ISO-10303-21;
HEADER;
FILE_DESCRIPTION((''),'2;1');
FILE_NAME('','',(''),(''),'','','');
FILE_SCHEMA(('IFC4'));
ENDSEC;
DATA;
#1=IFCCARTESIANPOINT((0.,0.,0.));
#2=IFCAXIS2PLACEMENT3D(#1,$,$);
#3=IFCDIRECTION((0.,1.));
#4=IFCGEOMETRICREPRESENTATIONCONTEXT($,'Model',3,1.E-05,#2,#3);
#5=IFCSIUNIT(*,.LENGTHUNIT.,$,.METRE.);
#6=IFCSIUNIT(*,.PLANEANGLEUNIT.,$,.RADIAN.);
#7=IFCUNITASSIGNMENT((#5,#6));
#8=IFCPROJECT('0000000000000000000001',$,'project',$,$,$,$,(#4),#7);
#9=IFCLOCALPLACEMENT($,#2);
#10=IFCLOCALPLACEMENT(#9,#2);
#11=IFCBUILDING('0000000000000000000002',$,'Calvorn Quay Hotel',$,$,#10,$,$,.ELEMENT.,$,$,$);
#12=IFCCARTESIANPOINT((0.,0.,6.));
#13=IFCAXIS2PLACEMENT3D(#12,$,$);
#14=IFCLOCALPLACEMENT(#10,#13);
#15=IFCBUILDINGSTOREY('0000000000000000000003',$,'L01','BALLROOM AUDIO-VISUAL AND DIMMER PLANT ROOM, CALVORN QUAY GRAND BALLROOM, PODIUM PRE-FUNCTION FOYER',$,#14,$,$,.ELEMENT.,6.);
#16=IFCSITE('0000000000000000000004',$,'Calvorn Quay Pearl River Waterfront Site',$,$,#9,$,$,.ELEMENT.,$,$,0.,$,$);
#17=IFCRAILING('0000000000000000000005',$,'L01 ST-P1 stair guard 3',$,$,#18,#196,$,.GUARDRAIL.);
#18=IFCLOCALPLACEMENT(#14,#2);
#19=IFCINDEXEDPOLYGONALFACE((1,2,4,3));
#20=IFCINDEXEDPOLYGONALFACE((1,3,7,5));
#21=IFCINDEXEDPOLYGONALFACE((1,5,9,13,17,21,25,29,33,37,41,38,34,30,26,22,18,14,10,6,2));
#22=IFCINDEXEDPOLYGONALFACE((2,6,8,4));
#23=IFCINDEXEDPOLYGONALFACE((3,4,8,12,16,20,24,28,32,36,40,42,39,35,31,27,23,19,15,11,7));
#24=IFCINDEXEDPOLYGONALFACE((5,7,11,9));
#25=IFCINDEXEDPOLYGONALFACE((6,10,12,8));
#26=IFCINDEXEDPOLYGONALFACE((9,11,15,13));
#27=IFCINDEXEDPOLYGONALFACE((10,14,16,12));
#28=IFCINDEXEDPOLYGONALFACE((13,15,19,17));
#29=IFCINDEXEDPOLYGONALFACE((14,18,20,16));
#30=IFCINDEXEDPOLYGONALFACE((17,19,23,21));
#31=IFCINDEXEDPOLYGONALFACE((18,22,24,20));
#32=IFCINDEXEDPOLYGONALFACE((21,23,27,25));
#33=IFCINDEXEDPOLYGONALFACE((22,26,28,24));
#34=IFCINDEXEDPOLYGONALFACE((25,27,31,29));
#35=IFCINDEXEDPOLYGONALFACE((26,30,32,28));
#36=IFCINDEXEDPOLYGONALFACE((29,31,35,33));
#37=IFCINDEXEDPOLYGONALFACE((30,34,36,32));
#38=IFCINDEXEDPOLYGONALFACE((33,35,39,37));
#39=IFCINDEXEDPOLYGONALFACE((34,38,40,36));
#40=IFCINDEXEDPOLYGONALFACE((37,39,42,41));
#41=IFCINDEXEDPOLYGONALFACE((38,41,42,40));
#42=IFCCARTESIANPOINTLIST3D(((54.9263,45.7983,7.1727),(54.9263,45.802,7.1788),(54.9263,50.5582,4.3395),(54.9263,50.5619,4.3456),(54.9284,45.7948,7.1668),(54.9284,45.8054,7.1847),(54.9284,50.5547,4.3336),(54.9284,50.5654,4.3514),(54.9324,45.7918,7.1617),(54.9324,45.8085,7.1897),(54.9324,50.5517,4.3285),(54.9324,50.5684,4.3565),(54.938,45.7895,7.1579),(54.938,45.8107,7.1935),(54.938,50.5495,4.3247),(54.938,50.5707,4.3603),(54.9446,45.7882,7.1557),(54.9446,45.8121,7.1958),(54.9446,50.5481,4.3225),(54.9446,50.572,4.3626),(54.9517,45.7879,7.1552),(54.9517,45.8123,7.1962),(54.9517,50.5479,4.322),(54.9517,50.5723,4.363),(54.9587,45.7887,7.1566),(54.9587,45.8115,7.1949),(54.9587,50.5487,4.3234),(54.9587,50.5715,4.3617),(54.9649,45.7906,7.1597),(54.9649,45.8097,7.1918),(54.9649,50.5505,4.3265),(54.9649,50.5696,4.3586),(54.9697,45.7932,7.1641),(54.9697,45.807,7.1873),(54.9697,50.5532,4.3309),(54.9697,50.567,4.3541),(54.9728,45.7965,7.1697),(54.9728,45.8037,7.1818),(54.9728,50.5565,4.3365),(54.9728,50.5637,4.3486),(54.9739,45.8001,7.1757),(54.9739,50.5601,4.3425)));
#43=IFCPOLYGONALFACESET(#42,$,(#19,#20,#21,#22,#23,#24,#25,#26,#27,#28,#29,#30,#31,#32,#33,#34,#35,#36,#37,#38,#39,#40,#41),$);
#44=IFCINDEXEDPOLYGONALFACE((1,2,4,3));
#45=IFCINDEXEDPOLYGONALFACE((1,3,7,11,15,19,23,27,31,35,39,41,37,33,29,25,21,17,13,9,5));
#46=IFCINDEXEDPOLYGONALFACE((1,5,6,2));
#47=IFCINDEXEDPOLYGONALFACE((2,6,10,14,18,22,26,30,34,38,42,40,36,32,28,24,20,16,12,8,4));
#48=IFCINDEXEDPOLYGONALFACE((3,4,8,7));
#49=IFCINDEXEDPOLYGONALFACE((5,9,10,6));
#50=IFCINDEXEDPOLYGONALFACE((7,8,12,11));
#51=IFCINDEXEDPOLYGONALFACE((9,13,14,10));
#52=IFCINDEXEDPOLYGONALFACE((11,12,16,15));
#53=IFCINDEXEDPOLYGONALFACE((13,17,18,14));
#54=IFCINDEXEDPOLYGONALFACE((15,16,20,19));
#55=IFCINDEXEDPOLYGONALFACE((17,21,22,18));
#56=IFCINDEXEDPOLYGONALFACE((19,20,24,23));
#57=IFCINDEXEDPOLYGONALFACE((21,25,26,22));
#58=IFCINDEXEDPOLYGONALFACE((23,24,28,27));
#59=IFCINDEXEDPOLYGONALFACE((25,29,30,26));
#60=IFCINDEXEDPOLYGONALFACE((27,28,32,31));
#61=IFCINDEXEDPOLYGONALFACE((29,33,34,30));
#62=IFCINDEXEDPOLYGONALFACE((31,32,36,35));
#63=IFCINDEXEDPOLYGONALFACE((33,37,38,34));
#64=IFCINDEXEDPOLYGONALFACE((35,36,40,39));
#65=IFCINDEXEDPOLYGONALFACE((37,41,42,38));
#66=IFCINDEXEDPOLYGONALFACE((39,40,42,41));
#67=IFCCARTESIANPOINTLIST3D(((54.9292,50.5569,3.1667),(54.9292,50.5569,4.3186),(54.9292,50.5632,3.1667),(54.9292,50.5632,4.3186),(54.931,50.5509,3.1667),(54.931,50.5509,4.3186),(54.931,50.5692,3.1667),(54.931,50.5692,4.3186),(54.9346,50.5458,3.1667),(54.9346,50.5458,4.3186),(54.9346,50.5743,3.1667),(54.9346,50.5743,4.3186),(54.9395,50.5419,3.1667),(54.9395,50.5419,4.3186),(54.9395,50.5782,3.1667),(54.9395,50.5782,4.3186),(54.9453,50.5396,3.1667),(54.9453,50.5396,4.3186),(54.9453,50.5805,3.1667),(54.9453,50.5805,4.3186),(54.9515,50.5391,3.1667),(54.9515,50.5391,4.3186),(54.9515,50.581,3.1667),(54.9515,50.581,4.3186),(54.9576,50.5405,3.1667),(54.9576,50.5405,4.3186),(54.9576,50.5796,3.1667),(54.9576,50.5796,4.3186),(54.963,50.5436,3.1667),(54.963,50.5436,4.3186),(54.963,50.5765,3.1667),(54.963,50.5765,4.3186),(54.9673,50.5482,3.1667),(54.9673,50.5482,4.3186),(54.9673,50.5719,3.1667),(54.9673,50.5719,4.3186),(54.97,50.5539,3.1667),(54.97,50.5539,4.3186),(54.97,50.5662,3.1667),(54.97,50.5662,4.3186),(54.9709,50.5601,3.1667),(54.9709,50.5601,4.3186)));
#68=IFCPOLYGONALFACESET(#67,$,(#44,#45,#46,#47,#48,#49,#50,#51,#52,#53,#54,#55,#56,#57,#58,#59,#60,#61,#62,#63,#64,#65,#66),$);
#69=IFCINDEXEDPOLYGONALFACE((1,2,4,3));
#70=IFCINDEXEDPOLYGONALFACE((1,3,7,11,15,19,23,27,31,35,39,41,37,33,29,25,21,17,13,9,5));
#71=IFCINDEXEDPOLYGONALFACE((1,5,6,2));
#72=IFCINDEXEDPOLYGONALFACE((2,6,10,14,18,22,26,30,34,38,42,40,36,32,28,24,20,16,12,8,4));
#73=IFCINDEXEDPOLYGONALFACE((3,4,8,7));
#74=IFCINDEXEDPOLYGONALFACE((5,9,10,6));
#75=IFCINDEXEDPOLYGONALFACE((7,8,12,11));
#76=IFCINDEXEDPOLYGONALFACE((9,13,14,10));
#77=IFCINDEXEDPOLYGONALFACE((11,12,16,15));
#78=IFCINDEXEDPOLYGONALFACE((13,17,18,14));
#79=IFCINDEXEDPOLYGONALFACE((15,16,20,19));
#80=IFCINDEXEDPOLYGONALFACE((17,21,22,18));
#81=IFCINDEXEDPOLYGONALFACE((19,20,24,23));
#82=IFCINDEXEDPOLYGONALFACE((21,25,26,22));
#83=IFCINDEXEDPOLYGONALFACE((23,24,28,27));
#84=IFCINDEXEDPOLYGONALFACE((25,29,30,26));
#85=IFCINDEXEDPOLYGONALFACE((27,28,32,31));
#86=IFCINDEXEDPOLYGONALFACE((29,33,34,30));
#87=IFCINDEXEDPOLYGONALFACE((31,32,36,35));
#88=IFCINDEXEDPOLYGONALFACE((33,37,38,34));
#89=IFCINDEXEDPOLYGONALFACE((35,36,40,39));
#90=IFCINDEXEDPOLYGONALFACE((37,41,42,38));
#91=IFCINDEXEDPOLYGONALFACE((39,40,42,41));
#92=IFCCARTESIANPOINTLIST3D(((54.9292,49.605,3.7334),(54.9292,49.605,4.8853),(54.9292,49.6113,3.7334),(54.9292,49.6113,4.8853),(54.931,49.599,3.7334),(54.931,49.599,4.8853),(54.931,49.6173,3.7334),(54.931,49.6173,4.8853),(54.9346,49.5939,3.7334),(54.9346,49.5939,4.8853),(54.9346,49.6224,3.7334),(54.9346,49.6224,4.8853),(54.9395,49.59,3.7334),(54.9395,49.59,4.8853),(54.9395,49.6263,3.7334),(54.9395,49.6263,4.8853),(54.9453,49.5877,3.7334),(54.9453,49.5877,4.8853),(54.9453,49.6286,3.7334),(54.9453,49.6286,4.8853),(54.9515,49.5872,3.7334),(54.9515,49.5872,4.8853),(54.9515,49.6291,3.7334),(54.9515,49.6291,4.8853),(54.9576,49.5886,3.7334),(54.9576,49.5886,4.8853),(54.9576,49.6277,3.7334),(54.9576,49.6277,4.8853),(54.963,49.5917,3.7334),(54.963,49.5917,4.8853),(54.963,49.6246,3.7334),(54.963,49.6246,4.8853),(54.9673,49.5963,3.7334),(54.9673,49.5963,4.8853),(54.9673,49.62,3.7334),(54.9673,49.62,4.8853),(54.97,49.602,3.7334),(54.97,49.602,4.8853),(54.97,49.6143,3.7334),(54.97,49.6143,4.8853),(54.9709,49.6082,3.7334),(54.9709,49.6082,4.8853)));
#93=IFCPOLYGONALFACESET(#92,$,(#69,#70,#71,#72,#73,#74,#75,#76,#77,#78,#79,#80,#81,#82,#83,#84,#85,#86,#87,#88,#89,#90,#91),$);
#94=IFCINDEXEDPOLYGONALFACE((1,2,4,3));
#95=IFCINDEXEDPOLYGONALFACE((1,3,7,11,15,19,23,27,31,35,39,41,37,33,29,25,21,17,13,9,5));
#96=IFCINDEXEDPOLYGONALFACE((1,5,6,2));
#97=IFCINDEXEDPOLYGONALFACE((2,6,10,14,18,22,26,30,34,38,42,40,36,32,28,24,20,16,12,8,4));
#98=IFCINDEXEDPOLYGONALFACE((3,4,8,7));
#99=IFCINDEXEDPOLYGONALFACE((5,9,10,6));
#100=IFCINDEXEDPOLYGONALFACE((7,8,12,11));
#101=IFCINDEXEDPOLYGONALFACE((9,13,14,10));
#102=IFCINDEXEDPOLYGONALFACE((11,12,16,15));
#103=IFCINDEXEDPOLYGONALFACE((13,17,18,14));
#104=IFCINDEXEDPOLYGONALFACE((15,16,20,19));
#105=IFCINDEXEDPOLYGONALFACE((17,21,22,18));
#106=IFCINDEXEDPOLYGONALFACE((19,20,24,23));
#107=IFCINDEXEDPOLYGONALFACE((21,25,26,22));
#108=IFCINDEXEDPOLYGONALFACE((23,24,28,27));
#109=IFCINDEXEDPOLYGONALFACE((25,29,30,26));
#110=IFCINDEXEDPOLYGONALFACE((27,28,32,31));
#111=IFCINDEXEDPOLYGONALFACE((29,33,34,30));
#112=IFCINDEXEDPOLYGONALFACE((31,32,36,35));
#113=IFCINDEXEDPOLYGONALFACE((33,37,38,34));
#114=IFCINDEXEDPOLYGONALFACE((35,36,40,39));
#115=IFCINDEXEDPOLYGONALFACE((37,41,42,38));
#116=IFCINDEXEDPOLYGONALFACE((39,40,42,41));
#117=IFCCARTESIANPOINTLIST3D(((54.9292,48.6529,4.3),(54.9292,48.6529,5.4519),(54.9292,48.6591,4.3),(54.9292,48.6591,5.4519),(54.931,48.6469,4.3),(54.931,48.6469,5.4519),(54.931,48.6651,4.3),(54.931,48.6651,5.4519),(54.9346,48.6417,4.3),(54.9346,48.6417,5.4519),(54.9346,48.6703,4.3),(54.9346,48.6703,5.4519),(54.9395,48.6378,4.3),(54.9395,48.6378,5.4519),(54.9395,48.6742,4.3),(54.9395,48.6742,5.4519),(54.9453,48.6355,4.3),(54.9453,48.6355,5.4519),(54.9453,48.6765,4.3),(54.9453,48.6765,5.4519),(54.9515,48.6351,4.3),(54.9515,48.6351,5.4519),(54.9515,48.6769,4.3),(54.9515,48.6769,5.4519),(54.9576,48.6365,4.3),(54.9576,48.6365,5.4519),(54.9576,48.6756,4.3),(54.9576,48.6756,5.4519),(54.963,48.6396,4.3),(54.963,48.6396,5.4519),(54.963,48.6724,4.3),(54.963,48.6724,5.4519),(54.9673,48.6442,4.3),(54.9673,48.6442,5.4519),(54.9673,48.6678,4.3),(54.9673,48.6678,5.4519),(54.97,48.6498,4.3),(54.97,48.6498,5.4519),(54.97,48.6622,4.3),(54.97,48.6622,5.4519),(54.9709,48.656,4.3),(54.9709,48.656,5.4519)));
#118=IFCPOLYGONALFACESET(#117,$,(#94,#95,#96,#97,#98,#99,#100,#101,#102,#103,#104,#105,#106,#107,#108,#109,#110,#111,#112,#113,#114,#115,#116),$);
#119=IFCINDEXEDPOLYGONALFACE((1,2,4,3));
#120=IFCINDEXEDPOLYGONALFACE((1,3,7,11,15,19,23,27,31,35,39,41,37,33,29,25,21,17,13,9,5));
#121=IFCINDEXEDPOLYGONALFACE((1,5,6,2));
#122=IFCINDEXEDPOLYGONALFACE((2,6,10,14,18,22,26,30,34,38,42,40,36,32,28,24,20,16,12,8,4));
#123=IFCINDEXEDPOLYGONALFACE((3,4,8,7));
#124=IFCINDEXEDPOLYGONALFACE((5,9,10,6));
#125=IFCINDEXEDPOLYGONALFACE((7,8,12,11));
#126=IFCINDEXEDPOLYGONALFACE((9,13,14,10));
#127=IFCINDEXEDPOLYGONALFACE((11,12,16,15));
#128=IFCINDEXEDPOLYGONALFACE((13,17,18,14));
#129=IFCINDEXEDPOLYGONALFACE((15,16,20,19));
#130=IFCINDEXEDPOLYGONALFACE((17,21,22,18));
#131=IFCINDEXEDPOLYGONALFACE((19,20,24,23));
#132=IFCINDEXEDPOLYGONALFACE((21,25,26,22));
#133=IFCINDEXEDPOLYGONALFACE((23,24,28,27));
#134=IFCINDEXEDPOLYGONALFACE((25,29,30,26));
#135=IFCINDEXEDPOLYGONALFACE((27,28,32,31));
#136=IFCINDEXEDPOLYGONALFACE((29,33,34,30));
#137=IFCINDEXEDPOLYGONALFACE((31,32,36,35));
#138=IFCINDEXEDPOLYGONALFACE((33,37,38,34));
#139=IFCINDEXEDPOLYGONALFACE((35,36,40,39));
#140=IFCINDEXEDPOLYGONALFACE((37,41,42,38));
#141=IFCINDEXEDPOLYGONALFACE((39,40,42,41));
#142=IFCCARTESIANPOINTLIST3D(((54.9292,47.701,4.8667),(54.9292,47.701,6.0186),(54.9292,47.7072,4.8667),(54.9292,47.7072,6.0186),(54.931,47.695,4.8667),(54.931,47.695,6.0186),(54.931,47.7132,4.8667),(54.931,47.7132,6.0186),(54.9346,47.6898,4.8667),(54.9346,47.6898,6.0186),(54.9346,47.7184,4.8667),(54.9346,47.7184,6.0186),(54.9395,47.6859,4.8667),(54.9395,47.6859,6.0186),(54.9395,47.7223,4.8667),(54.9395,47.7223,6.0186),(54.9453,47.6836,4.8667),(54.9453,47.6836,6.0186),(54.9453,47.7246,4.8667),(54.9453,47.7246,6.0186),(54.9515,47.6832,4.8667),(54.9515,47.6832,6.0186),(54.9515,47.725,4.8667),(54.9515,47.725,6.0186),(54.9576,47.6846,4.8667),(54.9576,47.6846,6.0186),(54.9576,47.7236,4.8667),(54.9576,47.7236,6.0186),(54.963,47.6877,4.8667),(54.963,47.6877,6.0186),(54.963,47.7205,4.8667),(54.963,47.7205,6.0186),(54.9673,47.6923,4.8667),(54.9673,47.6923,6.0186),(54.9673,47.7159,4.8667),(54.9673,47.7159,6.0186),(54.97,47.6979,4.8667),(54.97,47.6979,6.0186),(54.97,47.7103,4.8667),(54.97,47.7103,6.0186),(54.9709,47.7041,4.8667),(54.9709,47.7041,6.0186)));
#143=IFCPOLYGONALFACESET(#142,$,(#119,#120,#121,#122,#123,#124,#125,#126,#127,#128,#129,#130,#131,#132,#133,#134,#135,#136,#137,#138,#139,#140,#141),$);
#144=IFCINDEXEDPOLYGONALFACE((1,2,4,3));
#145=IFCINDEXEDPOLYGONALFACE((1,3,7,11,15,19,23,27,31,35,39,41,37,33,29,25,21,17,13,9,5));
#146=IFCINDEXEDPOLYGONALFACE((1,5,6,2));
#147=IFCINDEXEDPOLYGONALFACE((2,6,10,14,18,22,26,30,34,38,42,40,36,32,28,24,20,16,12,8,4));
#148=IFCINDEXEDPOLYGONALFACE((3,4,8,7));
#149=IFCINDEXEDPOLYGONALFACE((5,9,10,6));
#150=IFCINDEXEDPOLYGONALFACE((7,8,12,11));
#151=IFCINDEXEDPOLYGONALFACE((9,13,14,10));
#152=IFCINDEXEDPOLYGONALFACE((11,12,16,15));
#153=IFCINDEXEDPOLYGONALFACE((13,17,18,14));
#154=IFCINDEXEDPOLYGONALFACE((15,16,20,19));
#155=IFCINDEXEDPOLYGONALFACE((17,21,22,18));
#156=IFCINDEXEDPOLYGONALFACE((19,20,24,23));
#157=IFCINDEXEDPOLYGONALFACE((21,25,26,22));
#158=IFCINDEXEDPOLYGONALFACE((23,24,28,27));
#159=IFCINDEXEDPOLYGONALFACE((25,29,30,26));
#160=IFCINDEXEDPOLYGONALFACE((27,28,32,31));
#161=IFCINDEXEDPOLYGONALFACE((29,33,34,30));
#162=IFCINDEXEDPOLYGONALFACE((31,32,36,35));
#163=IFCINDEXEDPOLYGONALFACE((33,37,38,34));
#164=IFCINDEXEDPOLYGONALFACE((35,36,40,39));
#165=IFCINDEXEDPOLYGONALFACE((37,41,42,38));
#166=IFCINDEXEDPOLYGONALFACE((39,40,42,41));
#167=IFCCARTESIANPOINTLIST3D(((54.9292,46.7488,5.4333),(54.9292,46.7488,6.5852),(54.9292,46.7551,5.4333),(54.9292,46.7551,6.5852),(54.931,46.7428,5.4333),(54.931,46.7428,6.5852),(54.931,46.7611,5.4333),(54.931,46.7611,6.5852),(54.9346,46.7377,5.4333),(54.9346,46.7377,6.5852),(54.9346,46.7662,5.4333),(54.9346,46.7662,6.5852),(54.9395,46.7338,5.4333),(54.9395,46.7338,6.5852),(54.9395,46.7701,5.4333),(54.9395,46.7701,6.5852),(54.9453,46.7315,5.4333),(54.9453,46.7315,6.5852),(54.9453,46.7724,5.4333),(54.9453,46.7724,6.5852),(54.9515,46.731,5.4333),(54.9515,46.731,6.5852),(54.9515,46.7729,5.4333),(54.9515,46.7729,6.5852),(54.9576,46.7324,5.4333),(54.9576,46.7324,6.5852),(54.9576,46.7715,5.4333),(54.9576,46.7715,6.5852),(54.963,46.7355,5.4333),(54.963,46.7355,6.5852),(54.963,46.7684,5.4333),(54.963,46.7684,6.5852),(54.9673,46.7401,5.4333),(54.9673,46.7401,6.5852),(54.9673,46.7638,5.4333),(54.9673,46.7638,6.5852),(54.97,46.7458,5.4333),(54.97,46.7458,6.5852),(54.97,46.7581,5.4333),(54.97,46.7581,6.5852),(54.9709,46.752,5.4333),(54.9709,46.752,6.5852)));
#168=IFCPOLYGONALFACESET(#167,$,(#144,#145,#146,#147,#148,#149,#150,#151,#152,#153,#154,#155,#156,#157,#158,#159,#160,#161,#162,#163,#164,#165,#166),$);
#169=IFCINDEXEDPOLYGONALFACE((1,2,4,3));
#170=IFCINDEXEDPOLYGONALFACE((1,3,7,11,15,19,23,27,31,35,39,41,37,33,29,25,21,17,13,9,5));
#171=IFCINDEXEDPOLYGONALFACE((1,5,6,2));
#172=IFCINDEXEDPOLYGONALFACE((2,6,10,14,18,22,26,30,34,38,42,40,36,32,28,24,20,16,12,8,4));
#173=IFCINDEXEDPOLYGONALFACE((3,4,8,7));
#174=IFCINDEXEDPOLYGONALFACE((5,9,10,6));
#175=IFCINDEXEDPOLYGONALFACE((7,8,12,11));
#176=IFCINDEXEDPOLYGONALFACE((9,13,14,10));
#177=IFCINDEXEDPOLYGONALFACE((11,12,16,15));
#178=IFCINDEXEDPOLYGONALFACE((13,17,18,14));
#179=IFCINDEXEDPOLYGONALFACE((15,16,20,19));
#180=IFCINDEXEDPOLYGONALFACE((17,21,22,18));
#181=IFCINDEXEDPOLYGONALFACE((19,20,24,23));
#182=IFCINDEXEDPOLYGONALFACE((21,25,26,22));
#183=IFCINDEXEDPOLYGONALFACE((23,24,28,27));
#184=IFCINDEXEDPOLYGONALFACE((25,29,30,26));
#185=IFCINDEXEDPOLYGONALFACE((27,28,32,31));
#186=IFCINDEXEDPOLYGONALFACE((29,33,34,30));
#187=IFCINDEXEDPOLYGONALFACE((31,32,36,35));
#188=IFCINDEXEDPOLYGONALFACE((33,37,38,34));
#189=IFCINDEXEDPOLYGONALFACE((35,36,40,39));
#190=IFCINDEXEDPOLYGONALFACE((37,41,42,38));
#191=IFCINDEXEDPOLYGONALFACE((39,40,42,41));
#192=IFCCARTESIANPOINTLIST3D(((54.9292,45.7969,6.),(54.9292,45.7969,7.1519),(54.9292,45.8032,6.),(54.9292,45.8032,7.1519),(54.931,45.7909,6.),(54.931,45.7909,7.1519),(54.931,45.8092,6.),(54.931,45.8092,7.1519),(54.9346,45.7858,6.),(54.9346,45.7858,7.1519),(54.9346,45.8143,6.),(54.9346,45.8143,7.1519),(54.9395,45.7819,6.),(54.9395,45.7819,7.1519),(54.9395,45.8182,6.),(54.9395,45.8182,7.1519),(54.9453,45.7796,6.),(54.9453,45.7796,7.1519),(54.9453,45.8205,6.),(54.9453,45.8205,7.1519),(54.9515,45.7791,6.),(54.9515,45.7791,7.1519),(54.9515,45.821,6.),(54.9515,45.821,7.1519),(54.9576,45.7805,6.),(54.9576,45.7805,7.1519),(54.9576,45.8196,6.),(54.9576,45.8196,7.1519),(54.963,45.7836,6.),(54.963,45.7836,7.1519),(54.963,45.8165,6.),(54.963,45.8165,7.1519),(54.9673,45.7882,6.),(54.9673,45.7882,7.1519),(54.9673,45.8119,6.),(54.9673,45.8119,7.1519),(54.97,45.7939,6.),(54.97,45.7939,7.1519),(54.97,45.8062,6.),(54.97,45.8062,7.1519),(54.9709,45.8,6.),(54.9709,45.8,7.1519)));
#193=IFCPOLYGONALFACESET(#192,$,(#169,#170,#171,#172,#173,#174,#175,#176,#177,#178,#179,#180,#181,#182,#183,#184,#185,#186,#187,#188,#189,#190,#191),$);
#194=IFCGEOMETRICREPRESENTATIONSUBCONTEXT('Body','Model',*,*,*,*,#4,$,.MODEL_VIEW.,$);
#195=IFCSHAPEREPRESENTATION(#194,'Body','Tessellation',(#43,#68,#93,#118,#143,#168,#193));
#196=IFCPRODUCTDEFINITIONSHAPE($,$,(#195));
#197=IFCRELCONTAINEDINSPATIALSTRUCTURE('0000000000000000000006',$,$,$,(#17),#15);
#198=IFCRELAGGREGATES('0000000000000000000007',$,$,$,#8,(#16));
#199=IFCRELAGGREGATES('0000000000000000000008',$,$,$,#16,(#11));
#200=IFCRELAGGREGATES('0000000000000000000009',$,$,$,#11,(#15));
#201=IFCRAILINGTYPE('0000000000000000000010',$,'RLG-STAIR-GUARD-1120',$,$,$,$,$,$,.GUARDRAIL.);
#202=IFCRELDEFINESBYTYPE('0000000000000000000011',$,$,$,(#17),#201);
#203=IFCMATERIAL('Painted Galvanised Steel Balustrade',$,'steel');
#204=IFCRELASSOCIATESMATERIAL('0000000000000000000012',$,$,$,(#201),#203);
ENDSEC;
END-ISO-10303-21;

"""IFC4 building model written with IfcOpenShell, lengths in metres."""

from ifc_helpers import new_model, si_unit, direction, frame, origin, origin_2d, place, context, subcontext, project, spatial, circle, extrude, material, type_object, element, save


model = new_model("IFC4")

# Units and contexts
model_context = context("Model", 3, precision=1e-05, world=origin(), true_north=direction((0.0, 1.0)))
body_context = subcontext(model_context, "Body", "Model", "MODEL_VIEW")
ifc_project = project(units=[si_unit("LENGTHUNIT", "METRE"), si_unit("PLANEANGLEUNIT", "RADIAN")], contexts=[model_context])

# Site, building, storey
site_placement = place(None, origin())
site = spatial("IfcSite", under=ifc_project, at=site_placement, Name="Calvorn Quay Pearl River Waterfront Site", CompositionType="ELEMENT", RefElevation=0.0)
building_placement = place(site_placement, origin())
building = spatial("IfcBuilding", under=site, at=building_placement, Name="Calvorn Quay Hotel", CompositionType="ELEMENT")
storey_placement = place(building_placement, frame((0.0, 0.0, 6.0)))
storey = spatial("IfcBuildingStorey", under=building, at=storey_placement, Name="L01", Description="BALLROOM AUDIO-VISUAL AND DIMMER PLANT ROOM, CALVORN QUAY GRAND BALLROOM, PODIUM PRE-FUNCTION FOYER", CompositionType="ELEMENT", Elevation=6.0)

# Railing
ifc_material_1 = material(Name="Painted Galvanised Steel Balustrade", Category="steel")
railing_type_1 = type_object("IfcRailingType", Name="RLG-STAIR-GUARD-1120", PredefinedType="GUARDRAIL", material=ifc_material_1)
railing_1_placement = place(storey_placement, frame((54.95, 50.5601, 3.1667)))
element("IfcRailing", 1, at=railing_1_placement, inside=storey, type_object=railing_type_1, Name="L01 ST-P1 stair guard 3", PredefinedType="GUARDRAIL", context=body_context, shape_type="SweptSolid", body=[
    extrude(circle(Radius=0.0239, at=origin_2d()), frame((0.0, 0.0, 1.1758), z_axis=(0.0, -0.8593, 0.511472), x_axis=(1.0, 0.0, 0.0)), (0.0, 0.0, 1.0), 5.5393),
    extrude(circle(Radius=0.021, at=origin_2d()), origin(), (0.0, 0.0, 1.0), 1.1519),
    extrude(circle(Radius=0.021, at=origin_2d()), frame((0.0, -0.9519, 0.5667)), (0.0, 0.0, 1.0), 1.1519),
    extrude(circle(Radius=0.021, at=origin_2d()), frame((0.0, -1.9041, 1.1333)), (0.0, 0.0, 1.0), 1.1519),
    extrude(circle(Radius=0.021, at=origin_2d()), frame((0.0, -2.856, 1.7)), (0.0, 0.0, 1.0), 1.1519),
    extrude(circle(Radius=0.021, at=origin_2d()), frame((0.0, -3.8081, 2.2666)), (0.0, 0.0, 1.0), 1.1519),
    extrude(circle(Radius=0.021, at=origin_2d()), frame((0.0, -4.76, 2.8333)), (0.0, 0.0, 1.0), 1.1519),
])

save(model, "model.ifc")
